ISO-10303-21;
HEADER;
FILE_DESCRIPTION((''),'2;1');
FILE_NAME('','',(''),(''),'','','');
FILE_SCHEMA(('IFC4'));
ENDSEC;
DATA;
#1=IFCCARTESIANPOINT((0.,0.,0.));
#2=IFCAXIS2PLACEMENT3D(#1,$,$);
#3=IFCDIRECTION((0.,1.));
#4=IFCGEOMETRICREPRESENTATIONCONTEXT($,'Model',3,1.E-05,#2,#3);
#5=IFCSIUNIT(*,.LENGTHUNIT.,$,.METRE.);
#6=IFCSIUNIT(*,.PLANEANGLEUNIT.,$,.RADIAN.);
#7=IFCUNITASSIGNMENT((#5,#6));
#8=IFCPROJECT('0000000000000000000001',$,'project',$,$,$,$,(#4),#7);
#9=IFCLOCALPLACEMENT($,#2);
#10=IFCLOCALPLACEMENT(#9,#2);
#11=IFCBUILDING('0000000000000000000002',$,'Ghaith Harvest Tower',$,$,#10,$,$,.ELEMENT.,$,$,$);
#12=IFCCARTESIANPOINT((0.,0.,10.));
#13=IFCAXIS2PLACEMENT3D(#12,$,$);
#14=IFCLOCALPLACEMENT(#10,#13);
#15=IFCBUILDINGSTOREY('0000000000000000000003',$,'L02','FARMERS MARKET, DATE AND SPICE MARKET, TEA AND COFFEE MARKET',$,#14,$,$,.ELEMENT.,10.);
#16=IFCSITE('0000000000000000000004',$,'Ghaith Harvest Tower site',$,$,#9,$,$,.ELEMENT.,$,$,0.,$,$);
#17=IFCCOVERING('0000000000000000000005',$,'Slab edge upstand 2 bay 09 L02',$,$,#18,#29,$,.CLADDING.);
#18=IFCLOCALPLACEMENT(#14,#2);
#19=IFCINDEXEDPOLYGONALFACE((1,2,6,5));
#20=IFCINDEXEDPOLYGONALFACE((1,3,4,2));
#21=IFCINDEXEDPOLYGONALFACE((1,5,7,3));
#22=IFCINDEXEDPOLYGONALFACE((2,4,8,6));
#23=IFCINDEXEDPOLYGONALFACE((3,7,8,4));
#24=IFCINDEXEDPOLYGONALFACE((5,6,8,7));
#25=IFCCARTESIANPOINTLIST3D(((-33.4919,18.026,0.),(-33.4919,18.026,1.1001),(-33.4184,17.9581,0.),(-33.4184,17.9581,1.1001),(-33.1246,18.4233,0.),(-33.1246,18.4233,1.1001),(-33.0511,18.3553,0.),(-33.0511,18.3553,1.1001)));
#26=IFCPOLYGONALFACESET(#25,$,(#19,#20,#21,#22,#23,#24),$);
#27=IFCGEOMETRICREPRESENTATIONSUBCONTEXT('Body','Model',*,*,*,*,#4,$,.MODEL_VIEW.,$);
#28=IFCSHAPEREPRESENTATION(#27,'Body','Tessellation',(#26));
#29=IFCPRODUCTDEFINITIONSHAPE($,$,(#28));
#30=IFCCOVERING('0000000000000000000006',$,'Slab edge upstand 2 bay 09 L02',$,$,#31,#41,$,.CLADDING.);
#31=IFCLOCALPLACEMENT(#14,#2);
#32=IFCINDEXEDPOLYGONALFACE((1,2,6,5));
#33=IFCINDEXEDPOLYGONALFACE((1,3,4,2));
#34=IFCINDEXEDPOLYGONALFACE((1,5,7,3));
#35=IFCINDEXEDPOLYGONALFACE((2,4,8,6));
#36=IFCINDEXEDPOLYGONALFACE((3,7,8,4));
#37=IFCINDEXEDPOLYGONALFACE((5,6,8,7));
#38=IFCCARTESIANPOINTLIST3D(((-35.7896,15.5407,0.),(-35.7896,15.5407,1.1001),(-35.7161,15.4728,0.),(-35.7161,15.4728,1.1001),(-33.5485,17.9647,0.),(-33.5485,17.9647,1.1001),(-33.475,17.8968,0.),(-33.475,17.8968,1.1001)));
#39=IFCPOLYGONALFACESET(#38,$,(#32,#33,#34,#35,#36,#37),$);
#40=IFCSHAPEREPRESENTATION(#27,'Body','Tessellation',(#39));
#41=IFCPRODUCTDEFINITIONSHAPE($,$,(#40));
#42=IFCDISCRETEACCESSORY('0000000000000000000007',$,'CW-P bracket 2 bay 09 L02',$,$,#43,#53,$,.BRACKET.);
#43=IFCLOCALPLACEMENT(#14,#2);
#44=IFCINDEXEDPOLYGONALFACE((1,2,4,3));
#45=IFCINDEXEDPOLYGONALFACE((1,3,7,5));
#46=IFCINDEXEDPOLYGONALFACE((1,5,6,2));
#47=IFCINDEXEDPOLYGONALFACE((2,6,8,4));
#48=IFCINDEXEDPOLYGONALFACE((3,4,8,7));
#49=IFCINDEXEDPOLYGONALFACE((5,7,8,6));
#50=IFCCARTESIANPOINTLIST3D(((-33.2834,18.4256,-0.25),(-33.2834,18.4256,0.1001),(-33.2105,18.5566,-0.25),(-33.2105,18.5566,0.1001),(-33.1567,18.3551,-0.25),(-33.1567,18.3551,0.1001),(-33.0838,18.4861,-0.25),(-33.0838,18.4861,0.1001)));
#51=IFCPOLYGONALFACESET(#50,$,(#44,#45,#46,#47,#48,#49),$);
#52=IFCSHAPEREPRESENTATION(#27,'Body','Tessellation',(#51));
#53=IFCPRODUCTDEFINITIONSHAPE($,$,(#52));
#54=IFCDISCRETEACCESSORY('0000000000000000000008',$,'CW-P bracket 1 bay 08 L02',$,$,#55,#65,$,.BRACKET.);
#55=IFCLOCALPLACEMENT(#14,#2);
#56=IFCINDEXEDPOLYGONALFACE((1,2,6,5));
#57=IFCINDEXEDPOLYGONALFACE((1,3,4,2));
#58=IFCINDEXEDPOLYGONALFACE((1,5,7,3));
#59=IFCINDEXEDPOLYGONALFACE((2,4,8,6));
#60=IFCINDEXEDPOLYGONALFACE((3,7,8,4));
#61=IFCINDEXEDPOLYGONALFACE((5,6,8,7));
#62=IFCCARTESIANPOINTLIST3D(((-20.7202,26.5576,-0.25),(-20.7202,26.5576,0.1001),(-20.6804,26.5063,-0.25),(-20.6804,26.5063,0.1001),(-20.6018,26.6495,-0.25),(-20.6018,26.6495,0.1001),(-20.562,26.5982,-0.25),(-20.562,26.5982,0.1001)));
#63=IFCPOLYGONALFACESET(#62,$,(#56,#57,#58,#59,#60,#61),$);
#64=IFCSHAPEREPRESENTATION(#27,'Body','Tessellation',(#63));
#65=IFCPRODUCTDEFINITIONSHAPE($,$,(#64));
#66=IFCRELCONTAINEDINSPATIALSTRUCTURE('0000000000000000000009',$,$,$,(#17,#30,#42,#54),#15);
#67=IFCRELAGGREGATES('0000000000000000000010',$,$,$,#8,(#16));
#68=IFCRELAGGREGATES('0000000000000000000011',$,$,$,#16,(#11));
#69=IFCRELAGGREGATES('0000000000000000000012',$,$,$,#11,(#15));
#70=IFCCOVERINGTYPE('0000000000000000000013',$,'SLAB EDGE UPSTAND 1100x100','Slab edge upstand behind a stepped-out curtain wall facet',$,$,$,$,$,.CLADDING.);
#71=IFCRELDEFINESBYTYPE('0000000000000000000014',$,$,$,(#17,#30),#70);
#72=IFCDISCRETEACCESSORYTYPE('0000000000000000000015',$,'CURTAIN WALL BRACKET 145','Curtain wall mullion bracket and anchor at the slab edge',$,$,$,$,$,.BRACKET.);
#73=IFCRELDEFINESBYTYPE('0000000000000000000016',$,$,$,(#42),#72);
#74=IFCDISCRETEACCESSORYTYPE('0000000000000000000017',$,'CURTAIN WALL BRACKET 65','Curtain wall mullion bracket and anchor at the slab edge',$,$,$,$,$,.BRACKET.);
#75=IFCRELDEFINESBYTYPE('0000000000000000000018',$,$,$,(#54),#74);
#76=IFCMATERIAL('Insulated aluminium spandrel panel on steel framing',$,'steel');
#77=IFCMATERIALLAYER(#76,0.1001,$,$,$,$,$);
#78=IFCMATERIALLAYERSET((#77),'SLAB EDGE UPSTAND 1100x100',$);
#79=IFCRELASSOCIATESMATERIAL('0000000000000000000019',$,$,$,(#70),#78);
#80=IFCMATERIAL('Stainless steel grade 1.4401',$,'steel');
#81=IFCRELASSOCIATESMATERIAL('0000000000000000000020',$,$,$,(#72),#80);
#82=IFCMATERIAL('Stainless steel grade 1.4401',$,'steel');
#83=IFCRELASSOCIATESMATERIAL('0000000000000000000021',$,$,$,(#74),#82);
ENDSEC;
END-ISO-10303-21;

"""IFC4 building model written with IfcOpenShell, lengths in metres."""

from ifc_helpers import new_model, si_unit, direction, frame, origin, origin_2d, place, context, subcontext, project, spatial, rectangle, extrude, material, layer, layer_set, type_object, element, save


model = new_model("IFC4")

# Units and contexts
model_context = context("Model", 3, precision=1e-05, world=origin(), true_north=direction((0.0, 1.0)))
body_context = subcontext(model_context, "Body", "Model", "MODEL_VIEW")
ifc_project = project(units=[si_unit("LENGTHUNIT", "METRE"), si_unit("PLANEANGLEUNIT", "RADIAN")], contexts=[model_context])

# Site, building, storey
site_placement = place(None, origin())
site = spatial("IfcSite", under=ifc_project, at=site_placement, Name="Ghaith Harvest Tower site", CompositionType="ELEMENT", RefElevation=0.0)
building_placement = place(site_placement, origin())
building = spatial("IfcBuilding", under=site, at=building_placement, Name="Ghaith Harvest Tower", CompositionType="ELEMENT")
storey_placement = place(building_placement, frame((0.0, 0.0, 10.0)))
storey = spatial("IfcBuildingStorey", under=building, at=storey_placement, Name="L02", Description="FARMERS MARKET, DATE AND SPICE MARKET, TEA AND COFFEE MARKET", CompositionType="ELEMENT", Elevation=10.0)

# Coverings
ifc_material_1 = material(Name="Insulated aluminium spandrel panel on steel framing", Category="steel")
ifc_layer_1 = layer(ifc_material_1, 0.1001)
ifc_layer_set_1 = layer_set([ifc_layer_1], Name="SLAB EDGE UPSTAND 1100x100")
covering_type = type_object("IfcCoveringType", Name="SLAB EDGE UPSTAND 1100x100", Description="Slab edge upstand behind a stepped-out curtain wall facet", PredefinedType="CLADDING", material=ifc_layer_set_1)
covering_1_placement = place(storey_placement, frame((-33.2715, 18.1907, 0.0), z_axis=(0.0, 0.0, 1.0), x_axis=(-0.678856, -0.734271, 0.0)))
element("IfcCovering", 1, at=covering_1_placement, inside=storey, type_object=covering_type, Name="Slab edge upstand 2 bay 09 L02", PredefinedType="CLADDING", context=body_context, shape_type="SweptSolid", body=[
    extrude(rectangle(XDim=0.541, YDim=0.1001, at=origin_2d()), origin(), (0.0, 0.0, 1.0), 1.1001),
])
covering_2_placement = place(storey_placement, frame((-34.6323, 16.7188, 0.0), z_axis=(0.0, 0.0, 1.0), x_axis=(-0.678856, -0.734271, 0.0)))
element("IfcCovering", 2, at=covering_2_placement, inside=storey, type_object=covering_type, Name="Slab edge upstand 2 bay 09 L02", PredefinedType="CLADDING", context=body_context, shape_type="SweptSolid", body=[
    extrude(rectangle(XDim=3.3013, YDim=0.1001, at=origin_2d()), origin(), (0.0, 0.0, 1.0), 1.1001),
])

# Discrete accessories
ifc_material_2 = material(Name="Stainless steel grade 1.4401", Category="steel")
discrete_accessory_type_1 = type_object("IfcDiscreteAccessoryType", Name="CURTAIN WALL BRACKET 145", Description="Curtain wall mullion bracket and anchor at the slab edge", PredefinedType="BRACKET", material=ifc_material_2)
discrete_accessory_1_placement = place(storey_placement, frame((-33.1836, 18.4558, -0.25), z_axis=(0.0, 0.0, 1.0), x_axis=(-0.873927, 0.486057, 0.0)))
element("IfcDiscreteAccessory", 3, at=discrete_accessory_1_placement, inside=storey, type_object=discrete_accessory_type_1, Name="CW-P bracket 2 bay 09 L02", PredefinedType="BRACKET", context=body_context, shape_type="SweptSolid", body=[
    extrude(rectangle(XDim=0.145, YDim=0.1499, at=origin_2d()), origin(), (0.0, 0.0, 1.0), 0.3501),
])
ifc_material_3 = material(Name="Stainless steel grade 1.4401", Category="steel")
discrete_accessory_type_2 = type_object("IfcDiscreteAccessoryType", Name="CURTAIN WALL BRACKET 65", Description="Curtain wall mullion bracket and anchor at the slab edge", PredefinedType="BRACKET", material=ifc_material_3)
discrete_accessory_2_placement = place(storey_placement, frame((-20.6411, 26.5779, -0.25), z_axis=(0.0, 0.0, 1.0), x_axis=(-0.613378, 0.78979, 0.0)))
element("IfcDiscreteAccessory", 4, at=discrete_accessory_2_placement, inside=storey, type_object=discrete_accessory_type_2, Name="CW-P bracket 1 bay 08 L02", PredefinedType="BRACKET", context=body_context, shape_type="SweptSolid", body=[
    extrude(rectangle(XDim=0.0649, YDim=0.1499, at=origin_2d()), origin(), (0.0, 0.0, 1.0), 0.3501),
])

save(model, "model.ifc")
